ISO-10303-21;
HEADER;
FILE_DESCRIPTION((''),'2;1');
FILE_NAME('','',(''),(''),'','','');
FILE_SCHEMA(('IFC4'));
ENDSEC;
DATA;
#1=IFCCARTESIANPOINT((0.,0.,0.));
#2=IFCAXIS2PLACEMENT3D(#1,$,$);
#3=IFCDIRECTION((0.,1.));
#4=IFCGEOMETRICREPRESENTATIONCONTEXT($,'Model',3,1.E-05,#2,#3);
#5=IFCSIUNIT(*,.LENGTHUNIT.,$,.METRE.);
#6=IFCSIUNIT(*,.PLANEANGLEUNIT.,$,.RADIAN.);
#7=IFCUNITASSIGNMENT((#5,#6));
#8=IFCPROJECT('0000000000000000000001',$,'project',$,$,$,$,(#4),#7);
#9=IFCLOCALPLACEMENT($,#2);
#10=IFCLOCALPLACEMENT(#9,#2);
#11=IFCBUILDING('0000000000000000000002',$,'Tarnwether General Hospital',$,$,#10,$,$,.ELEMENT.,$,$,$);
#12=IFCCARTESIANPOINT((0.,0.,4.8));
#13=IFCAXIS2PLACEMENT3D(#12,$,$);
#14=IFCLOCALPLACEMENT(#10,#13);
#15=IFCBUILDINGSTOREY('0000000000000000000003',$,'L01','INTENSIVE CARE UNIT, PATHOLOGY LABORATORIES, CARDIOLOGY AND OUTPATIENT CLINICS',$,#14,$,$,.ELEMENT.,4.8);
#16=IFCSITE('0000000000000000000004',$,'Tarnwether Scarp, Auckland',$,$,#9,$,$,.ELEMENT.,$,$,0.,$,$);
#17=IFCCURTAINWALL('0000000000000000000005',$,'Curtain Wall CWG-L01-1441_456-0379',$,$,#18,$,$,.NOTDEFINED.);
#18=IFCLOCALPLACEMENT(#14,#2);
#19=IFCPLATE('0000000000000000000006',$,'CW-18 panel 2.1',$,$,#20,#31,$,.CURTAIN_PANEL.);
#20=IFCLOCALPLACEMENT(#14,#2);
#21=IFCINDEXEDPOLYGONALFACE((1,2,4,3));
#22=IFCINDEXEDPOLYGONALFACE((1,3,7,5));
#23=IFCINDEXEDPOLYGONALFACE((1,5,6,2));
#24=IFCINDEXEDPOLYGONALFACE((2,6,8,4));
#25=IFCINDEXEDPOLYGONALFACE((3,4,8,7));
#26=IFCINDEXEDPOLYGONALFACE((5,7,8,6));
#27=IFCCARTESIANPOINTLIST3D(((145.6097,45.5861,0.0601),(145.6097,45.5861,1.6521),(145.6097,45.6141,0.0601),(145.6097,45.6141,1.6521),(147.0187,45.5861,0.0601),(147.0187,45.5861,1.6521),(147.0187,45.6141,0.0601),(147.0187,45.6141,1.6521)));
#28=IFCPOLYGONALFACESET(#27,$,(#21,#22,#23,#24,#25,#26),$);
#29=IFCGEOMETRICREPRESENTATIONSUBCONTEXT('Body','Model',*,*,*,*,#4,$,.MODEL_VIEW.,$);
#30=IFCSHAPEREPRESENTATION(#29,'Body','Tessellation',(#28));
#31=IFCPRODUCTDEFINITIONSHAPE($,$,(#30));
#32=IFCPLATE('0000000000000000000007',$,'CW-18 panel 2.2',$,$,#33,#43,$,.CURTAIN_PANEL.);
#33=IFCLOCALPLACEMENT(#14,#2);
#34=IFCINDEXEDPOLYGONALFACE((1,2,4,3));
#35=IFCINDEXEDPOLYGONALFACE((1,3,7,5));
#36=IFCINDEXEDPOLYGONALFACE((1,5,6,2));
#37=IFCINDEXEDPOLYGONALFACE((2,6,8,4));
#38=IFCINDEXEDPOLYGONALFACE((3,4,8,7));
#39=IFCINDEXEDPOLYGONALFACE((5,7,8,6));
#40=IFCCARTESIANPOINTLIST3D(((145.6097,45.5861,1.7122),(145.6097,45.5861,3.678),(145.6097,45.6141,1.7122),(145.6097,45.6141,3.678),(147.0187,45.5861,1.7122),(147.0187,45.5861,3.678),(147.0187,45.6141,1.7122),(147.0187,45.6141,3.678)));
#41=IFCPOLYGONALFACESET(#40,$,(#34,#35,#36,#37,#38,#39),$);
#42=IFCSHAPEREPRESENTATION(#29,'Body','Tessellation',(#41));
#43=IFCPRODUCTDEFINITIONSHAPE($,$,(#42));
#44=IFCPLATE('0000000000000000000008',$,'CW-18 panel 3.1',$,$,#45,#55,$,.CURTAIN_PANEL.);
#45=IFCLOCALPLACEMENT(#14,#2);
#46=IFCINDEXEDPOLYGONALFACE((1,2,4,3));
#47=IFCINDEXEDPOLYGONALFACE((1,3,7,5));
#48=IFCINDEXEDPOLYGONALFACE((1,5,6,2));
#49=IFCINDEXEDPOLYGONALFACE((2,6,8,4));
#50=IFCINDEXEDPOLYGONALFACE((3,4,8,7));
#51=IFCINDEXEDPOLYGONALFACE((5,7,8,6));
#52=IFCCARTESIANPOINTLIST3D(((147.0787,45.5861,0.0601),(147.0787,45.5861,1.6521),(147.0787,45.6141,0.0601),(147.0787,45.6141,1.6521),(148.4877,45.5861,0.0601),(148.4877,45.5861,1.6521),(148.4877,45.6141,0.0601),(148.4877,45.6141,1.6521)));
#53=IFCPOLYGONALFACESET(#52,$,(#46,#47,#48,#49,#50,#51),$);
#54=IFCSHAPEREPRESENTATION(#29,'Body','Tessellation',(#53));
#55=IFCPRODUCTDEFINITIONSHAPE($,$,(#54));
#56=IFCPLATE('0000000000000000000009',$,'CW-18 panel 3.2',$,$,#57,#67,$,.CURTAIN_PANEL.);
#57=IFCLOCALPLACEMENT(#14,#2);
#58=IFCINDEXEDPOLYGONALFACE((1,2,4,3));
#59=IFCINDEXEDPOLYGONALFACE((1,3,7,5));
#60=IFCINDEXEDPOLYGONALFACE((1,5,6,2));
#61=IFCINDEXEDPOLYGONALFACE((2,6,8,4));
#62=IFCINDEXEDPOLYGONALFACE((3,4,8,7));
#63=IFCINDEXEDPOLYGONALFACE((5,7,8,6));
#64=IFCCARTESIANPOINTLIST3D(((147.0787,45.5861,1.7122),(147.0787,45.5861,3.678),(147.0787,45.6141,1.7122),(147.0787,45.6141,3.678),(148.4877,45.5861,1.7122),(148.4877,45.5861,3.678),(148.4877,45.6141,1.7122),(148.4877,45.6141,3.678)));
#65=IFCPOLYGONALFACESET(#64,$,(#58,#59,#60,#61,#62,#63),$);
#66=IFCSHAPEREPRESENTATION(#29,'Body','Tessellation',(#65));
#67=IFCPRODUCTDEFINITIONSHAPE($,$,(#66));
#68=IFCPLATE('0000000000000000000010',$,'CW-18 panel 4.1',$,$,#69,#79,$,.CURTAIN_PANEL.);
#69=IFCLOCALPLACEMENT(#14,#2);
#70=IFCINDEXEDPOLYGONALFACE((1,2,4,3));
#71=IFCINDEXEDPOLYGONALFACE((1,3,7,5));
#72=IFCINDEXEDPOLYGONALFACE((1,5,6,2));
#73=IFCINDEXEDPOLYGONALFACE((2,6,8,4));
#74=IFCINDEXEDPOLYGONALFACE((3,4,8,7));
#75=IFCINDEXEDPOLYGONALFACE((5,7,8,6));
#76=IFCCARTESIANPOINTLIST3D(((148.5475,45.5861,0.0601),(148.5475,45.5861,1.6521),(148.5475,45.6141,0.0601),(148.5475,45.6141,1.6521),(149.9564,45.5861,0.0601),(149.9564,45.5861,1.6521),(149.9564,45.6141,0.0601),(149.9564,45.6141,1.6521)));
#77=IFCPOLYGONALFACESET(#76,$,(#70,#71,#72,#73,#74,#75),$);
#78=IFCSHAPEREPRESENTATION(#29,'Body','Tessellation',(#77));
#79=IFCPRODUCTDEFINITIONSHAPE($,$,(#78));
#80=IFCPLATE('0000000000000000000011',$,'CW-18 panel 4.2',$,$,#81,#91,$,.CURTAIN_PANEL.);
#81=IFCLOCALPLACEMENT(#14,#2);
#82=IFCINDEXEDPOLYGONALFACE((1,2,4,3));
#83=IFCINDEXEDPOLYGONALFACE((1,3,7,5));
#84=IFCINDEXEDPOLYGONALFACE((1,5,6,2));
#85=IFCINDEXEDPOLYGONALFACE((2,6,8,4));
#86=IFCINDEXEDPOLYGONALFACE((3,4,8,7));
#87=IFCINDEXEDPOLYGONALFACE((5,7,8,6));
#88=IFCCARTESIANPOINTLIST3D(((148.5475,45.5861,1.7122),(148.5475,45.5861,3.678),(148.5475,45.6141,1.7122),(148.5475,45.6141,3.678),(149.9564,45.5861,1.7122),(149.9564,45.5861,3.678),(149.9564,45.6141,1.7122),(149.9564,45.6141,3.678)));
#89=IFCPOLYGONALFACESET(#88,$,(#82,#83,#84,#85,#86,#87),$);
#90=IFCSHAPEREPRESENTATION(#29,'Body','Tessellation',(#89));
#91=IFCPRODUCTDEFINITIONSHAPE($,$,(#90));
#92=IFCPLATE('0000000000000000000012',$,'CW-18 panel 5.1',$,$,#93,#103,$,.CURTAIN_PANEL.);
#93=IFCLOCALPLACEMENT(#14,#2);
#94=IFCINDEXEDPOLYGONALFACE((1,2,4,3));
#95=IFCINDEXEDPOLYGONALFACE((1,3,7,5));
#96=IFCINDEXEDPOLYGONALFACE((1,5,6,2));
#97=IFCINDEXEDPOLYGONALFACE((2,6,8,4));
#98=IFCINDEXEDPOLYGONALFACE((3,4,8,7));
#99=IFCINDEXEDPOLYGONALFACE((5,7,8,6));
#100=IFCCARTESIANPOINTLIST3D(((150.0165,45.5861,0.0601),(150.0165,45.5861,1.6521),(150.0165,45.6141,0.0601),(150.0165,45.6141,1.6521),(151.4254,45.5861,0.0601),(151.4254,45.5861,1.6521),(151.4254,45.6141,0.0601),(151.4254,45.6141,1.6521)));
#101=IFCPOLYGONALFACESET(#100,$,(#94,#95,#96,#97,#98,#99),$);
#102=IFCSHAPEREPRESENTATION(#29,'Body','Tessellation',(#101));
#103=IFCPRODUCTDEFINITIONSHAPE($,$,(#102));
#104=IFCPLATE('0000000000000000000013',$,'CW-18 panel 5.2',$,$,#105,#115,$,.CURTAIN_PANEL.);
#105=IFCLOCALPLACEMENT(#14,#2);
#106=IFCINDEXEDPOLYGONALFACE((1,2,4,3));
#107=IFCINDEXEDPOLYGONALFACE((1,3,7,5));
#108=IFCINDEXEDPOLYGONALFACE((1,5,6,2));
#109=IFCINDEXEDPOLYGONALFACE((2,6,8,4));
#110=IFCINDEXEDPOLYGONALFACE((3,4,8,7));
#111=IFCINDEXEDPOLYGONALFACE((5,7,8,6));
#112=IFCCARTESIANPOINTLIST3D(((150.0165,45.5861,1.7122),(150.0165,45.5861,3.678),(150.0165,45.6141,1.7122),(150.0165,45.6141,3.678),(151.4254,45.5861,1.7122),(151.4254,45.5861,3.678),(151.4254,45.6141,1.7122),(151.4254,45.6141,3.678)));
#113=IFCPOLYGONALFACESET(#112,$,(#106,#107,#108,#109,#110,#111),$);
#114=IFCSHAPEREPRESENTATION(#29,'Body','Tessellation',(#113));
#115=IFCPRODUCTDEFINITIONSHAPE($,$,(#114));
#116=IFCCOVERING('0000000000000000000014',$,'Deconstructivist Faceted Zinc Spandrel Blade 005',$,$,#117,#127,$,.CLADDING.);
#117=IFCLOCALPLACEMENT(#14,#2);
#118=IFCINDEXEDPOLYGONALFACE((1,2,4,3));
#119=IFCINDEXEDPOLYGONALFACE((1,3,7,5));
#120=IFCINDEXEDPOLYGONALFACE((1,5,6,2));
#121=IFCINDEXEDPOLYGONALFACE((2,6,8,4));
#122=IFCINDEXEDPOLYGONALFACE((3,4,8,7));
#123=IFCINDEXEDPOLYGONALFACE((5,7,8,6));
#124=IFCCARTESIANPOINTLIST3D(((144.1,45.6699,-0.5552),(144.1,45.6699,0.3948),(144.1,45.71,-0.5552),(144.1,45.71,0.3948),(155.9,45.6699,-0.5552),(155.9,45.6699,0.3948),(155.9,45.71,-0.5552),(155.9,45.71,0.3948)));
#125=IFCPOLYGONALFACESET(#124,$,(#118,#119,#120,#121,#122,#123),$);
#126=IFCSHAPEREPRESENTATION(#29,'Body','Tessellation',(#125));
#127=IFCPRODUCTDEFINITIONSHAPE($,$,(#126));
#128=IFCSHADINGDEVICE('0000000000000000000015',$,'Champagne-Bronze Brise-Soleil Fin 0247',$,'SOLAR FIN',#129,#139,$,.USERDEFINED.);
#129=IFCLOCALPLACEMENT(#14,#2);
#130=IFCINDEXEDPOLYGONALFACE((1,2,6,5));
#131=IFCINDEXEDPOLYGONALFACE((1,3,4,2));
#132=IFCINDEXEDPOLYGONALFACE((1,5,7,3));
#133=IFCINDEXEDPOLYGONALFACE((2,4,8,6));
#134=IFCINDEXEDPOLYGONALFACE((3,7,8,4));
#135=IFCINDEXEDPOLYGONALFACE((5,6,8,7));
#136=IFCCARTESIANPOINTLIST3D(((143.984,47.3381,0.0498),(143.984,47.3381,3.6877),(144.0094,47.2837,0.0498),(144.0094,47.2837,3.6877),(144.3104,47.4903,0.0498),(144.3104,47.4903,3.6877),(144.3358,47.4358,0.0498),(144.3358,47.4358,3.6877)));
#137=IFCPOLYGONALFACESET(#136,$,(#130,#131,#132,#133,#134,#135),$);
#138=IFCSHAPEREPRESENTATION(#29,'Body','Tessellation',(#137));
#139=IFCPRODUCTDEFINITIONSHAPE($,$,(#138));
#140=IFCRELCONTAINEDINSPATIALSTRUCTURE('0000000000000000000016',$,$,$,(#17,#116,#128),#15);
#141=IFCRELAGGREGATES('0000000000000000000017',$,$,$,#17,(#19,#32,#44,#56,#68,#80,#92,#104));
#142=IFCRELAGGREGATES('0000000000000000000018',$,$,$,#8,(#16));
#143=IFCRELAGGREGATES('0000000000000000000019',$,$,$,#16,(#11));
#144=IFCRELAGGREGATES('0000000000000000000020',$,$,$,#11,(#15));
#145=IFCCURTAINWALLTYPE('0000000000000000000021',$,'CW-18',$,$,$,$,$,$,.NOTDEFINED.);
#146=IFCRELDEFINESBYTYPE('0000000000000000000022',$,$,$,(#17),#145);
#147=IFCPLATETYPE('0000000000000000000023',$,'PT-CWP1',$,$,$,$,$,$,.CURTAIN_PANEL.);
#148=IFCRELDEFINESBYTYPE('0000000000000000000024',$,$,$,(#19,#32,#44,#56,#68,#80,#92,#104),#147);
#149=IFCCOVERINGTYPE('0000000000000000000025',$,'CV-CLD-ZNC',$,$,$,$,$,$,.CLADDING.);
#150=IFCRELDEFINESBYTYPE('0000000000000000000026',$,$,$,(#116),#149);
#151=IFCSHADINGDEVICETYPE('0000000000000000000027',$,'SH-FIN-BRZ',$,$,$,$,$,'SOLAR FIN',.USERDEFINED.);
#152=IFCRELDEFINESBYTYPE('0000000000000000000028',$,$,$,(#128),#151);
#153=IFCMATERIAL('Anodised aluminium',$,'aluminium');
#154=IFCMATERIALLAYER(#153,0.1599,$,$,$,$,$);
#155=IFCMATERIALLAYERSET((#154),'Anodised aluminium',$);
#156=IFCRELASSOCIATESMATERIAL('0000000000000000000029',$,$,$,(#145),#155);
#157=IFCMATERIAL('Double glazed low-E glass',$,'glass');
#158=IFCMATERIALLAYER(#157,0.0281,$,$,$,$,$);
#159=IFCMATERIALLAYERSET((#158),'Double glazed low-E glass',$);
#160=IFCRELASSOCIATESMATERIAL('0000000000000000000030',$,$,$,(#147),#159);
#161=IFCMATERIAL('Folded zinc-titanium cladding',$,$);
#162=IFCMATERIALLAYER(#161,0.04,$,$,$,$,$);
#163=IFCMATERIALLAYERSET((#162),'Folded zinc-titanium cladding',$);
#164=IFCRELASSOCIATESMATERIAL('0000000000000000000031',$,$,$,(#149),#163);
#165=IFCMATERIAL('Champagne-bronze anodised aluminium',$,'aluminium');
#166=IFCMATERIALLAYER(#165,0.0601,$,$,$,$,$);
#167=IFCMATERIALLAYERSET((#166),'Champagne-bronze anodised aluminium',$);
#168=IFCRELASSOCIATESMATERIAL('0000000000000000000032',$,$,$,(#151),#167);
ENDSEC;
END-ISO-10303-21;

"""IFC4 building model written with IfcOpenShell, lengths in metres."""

from ifc_helpers import new_model, si_unit, direction, frame, origin, origin_2d, place, context, subcontext, project, spatial, rectangle, extrude, material, layer, layer_set, type_object, element, aggregate, save


model = new_model("IFC4")

# Units and contexts
model_context = context("Model", 3, precision=1e-05, world=origin(), true_north=direction((0.0, 1.0)))
body_context = subcontext(model_context, "Body", "Model", "MODEL_VIEW")
ifc_project = project(units=[si_unit("LENGTHUNIT", "METRE"), si_unit("PLANEANGLEUNIT", "RADIAN")], contexts=[model_context])

# Site, building, storey
site_placement = place(None, origin())
site = spatial("IfcSite", under=ifc_project, at=site_placement, Name="Tarnwether Scarp, Auckland", CompositionType="ELEMENT", RefElevation=0.0)
building_placement = place(site_placement, origin())
building = spatial("IfcBuilding", under=site, at=building_placement, Name="Tarnwether General Hospital", CompositionType="ELEMENT")
storey_placement = place(building_placement, frame((0.0, 0.0, 4.8)))
storey = spatial("IfcBuildingStorey", under=building, at=storey_placement, Name="L01", Description="INTENSIVE CARE UNIT, PATHOLOGY LABORATORIES, CARDIOLOGY AND OUTPATIENT CLINICS", CompositionType="ELEMENT", Elevation=4.8)

# Curtain wall
ifc_material_1 = material(Name="Anodised aluminium", Category="aluminium")
ifc_layer_1 = layer(ifc_material_1, 0.1599)
ifc_layer_set_1 = layer_set([ifc_layer_1], Name="Anodised aluminium")
curtain_wall_type_1 = type_object("IfcCurtainWallType", Name="CW-18", PredefinedType="NOTDEFINED", material=ifc_layer_set_1)
curtain_wall_1_placement = place(storey_placement, origin())
curtain_wall_1 = element("IfcCurtainWall", 1, at=curtain_wall_1_placement, inside=storey, type_object=curtain_wall_type_1, Name="Curtain Wall CWG-L01-1441_456-0379", PredefinedType="NOTDEFINED")

# Plates
ifc_material_2 = material(Name="Double glazed low-E glass", Category="glass")
ifc_layer_2 = layer(ifc_material_2, 0.0281)
ifc_layer_set_2 = layer_set([ifc_layer_2], Name="Double glazed low-E glass")
plate_type = type_object("IfcPlateType", Name="PT-CWP1", PredefinedType="CURTAIN_PANEL", material=ifc_layer_set_2)
plate_1_placement = place(storey_placement, frame((146.3142, 45.6001, 0.0601), z_axis=(0.0, 0.0, 1.0), x_axis=(1.0, 0.0, 0.0)))
plate_1 = element("IfcPlate", 2, at=plate_1_placement, type_object=plate_type, Name="CW-18 panel 2.1", PredefinedType="CURTAIN_PANEL", context=body_context, shape_type="SweptSolid", body=[
    extrude(rectangle(XDim=1.4089, YDim=0.0281, at=origin_2d()), origin(), (0.0, 0.0, 1.0), 1.592),
])
plate_2_placement = place(storey_placement, frame((146.3142, 45.6001, 1.7122), z_axis=(0.0, 0.0, 1.0), x_axis=(1.0, 0.0, 0.0)))
plate_2 = element("IfcPlate", 3, at=plate_2_placement, type_object=plate_type, Name="CW-18 panel 2.2", PredefinedType="CURTAIN_PANEL", context=body_context, shape_type="SweptSolid", body=[
    extrude(rectangle(XDim=1.4089, YDim=0.0281, at=origin_2d()), origin(), (0.0, 0.0, 1.0), 1.9658),
])
plate_3_placement = place(storey_placement, frame((147.7832, 45.6001, 0.0601), z_axis=(0.0, 0.0, 1.0), x_axis=(1.0, 0.0, 0.0)))
plate_3 = element("IfcPlate", 4, at=plate_3_placement, type_object=plate_type, Name="CW-18 panel 3.1", PredefinedType="CURTAIN_PANEL", context=body_context, shape_type="SweptSolid", body=[
    extrude(rectangle(XDim=1.4089, YDim=0.0281, at=origin_2d()), origin(), (0.0, 0.0, 1.0), 1.592),
])
plate_4_placement = place(storey_placement, frame((147.7832, 45.6001, 1.7122), z_axis=(0.0, 0.0, 1.0), x_axis=(1.0, 0.0, 0.0)))
plate_4 = element("IfcPlate", 5, at=plate_4_placement, type_object=plate_type, Name="CW-18 panel 3.2", PredefinedType="CURTAIN_PANEL", context=body_context, shape_type="SweptSolid", body=[
    extrude(rectangle(XDim=1.4089, YDim=0.0281, at=origin_2d()), origin(), (0.0, 0.0, 1.0), 1.9658),
])
plate_5_placement = place(storey_placement, frame((149.252, 45.6001, 0.0601), z_axis=(0.0, 0.0, 1.0), x_axis=(1.0, 0.0, 0.0)))
plate_5 = element("IfcPlate", 6, at=plate_5_placement, type_object=plate_type, Name="CW-18 panel 4.1", PredefinedType="CURTAIN_PANEL", context=body_context, shape_type="SweptSolid", body=[
    extrude(rectangle(XDim=1.4089, YDim=0.0281, at=origin_2d()), origin(), (0.0, 0.0, 1.0), 1.592),
])
plate_6_placement = place(storey_placement, frame((149.252, 45.6001, 1.7122), z_axis=(0.0, 0.0, 1.0), x_axis=(1.0, 0.0, 0.0)))
plate_6 = element("IfcPlate", 7, at=plate_6_placement, type_object=plate_type, Name="CW-18 panel 4.2", PredefinedType="CURTAIN_PANEL", context=body_context, shape_type="SweptSolid", body=[
    extrude(rectangle(XDim=1.4089, YDim=0.0281, at=origin_2d()), origin(), (0.0, 0.0, 1.0), 1.9658),
])
plate_7_placement = place(storey_placement, frame((150.7209, 45.6001, 0.0601), z_axis=(0.0, 0.0, 1.0), x_axis=(1.0, 0.0, 0.0)))
plate_7 = element("IfcPlate", 8, at=plate_7_placement, type_object=plate_type, Name="CW-18 panel 5.1", PredefinedType="CURTAIN_PANEL", context=body_context, shape_type="SweptSolid", body=[
    extrude(rectangle(XDim=1.4089, YDim=0.0281, at=origin_2d()), origin(), (0.0, 0.0, 1.0), 1.592),
])
plate_8_placement = place(storey_placement, frame((150.7209, 45.6001, 1.7122), z_axis=(0.0, 0.0, 1.0), x_axis=(1.0, 0.0, 0.0)))
plate_8 = element("IfcPlate", 9, at=plate_8_placement, type_object=plate_type, Name="CW-18 panel 5.2", PredefinedType="CURTAIN_PANEL", context=body_context, shape_type="SweptSolid", body=[
    extrude(rectangle(XDim=1.4089, YDim=0.0281, at=origin_2d()), origin(), (0.0, 0.0, 1.0), 1.9658),
])
aggregate(curtain_wall_1, [plate_1, plate_2, plate_3, plate_4, plate_5, plate_6, plate_7, plate_8])

# Covering
ifc_material_3 = material(Name="Folded zinc-titanium cladding")
ifc_layer_3 = layer(ifc_material_3, 0.04)
ifc_layer_set_3 = layer_set([ifc_layer_3], Name="Folded zinc-titanium cladding")
covering_type = type_object("IfcCoveringType", Name="CV-CLD-ZNC", PredefinedType="CLADDING", material=ifc_layer_set_3)
covering_placement = place(storey_placement, frame((150.0, 45.6899, -0.5552), z_axis=(0.0, 0.0, 1.0), x_axis=(1.0, 0.0, 0.0)))
element("IfcCovering", 10, at=covering_placement, inside=storey, type_object=covering_type, Name="Deconstructivist Faceted Zinc Spandrel Blade 005", PredefinedType="CLADDING", context=body_context, shape_type="SweptSolid", body=[
    extrude(rectangle(XDim=11.8, YDim=0.04, at=origin_2d()), origin(), (0.0, 0.0, 1.0), 0.95),
])

# Shading device
ifc_material_4 = material(Name="Champagne-bronze anodised aluminium", Category="aluminium")
ifc_layer_4 = layer(ifc_material_4, 0.0601)
ifc_layer_set_4 = layer_set([ifc_layer_4], Name="Champagne-bronze anodised aluminium")
shading_device_type = type_object("IfcShadingDeviceType", Name="SH-FIN-BRZ", ElementType="SOLAR FIN", PredefinedType="USERDEFINED", material=ifc_layer_set_4)
shading_device_placement = place(storey_placement, frame((144.1599, 47.387, 0.0498), z_axis=(0.0, 0.0, 1.0), x_axis=(0.422618, -0.906308, 0.0)))
element("IfcShadingDevice", 11, at=shading_device_placement, inside=storey, type_object=shading_device_type, Name="Champagne-Bronze Brise-Soleil Fin 0247", ObjectType="SOLAR FIN", PredefinedType="USERDEFINED", context=body_context, shape_type="SweptSolid", body=[
    extrude(rectangle(XDim=0.0601, YDim=0.3601, at=origin_2d()), origin(), (0.0, 0.0, 1.0), 3.6379),
])

save(model, "model.ifc")
